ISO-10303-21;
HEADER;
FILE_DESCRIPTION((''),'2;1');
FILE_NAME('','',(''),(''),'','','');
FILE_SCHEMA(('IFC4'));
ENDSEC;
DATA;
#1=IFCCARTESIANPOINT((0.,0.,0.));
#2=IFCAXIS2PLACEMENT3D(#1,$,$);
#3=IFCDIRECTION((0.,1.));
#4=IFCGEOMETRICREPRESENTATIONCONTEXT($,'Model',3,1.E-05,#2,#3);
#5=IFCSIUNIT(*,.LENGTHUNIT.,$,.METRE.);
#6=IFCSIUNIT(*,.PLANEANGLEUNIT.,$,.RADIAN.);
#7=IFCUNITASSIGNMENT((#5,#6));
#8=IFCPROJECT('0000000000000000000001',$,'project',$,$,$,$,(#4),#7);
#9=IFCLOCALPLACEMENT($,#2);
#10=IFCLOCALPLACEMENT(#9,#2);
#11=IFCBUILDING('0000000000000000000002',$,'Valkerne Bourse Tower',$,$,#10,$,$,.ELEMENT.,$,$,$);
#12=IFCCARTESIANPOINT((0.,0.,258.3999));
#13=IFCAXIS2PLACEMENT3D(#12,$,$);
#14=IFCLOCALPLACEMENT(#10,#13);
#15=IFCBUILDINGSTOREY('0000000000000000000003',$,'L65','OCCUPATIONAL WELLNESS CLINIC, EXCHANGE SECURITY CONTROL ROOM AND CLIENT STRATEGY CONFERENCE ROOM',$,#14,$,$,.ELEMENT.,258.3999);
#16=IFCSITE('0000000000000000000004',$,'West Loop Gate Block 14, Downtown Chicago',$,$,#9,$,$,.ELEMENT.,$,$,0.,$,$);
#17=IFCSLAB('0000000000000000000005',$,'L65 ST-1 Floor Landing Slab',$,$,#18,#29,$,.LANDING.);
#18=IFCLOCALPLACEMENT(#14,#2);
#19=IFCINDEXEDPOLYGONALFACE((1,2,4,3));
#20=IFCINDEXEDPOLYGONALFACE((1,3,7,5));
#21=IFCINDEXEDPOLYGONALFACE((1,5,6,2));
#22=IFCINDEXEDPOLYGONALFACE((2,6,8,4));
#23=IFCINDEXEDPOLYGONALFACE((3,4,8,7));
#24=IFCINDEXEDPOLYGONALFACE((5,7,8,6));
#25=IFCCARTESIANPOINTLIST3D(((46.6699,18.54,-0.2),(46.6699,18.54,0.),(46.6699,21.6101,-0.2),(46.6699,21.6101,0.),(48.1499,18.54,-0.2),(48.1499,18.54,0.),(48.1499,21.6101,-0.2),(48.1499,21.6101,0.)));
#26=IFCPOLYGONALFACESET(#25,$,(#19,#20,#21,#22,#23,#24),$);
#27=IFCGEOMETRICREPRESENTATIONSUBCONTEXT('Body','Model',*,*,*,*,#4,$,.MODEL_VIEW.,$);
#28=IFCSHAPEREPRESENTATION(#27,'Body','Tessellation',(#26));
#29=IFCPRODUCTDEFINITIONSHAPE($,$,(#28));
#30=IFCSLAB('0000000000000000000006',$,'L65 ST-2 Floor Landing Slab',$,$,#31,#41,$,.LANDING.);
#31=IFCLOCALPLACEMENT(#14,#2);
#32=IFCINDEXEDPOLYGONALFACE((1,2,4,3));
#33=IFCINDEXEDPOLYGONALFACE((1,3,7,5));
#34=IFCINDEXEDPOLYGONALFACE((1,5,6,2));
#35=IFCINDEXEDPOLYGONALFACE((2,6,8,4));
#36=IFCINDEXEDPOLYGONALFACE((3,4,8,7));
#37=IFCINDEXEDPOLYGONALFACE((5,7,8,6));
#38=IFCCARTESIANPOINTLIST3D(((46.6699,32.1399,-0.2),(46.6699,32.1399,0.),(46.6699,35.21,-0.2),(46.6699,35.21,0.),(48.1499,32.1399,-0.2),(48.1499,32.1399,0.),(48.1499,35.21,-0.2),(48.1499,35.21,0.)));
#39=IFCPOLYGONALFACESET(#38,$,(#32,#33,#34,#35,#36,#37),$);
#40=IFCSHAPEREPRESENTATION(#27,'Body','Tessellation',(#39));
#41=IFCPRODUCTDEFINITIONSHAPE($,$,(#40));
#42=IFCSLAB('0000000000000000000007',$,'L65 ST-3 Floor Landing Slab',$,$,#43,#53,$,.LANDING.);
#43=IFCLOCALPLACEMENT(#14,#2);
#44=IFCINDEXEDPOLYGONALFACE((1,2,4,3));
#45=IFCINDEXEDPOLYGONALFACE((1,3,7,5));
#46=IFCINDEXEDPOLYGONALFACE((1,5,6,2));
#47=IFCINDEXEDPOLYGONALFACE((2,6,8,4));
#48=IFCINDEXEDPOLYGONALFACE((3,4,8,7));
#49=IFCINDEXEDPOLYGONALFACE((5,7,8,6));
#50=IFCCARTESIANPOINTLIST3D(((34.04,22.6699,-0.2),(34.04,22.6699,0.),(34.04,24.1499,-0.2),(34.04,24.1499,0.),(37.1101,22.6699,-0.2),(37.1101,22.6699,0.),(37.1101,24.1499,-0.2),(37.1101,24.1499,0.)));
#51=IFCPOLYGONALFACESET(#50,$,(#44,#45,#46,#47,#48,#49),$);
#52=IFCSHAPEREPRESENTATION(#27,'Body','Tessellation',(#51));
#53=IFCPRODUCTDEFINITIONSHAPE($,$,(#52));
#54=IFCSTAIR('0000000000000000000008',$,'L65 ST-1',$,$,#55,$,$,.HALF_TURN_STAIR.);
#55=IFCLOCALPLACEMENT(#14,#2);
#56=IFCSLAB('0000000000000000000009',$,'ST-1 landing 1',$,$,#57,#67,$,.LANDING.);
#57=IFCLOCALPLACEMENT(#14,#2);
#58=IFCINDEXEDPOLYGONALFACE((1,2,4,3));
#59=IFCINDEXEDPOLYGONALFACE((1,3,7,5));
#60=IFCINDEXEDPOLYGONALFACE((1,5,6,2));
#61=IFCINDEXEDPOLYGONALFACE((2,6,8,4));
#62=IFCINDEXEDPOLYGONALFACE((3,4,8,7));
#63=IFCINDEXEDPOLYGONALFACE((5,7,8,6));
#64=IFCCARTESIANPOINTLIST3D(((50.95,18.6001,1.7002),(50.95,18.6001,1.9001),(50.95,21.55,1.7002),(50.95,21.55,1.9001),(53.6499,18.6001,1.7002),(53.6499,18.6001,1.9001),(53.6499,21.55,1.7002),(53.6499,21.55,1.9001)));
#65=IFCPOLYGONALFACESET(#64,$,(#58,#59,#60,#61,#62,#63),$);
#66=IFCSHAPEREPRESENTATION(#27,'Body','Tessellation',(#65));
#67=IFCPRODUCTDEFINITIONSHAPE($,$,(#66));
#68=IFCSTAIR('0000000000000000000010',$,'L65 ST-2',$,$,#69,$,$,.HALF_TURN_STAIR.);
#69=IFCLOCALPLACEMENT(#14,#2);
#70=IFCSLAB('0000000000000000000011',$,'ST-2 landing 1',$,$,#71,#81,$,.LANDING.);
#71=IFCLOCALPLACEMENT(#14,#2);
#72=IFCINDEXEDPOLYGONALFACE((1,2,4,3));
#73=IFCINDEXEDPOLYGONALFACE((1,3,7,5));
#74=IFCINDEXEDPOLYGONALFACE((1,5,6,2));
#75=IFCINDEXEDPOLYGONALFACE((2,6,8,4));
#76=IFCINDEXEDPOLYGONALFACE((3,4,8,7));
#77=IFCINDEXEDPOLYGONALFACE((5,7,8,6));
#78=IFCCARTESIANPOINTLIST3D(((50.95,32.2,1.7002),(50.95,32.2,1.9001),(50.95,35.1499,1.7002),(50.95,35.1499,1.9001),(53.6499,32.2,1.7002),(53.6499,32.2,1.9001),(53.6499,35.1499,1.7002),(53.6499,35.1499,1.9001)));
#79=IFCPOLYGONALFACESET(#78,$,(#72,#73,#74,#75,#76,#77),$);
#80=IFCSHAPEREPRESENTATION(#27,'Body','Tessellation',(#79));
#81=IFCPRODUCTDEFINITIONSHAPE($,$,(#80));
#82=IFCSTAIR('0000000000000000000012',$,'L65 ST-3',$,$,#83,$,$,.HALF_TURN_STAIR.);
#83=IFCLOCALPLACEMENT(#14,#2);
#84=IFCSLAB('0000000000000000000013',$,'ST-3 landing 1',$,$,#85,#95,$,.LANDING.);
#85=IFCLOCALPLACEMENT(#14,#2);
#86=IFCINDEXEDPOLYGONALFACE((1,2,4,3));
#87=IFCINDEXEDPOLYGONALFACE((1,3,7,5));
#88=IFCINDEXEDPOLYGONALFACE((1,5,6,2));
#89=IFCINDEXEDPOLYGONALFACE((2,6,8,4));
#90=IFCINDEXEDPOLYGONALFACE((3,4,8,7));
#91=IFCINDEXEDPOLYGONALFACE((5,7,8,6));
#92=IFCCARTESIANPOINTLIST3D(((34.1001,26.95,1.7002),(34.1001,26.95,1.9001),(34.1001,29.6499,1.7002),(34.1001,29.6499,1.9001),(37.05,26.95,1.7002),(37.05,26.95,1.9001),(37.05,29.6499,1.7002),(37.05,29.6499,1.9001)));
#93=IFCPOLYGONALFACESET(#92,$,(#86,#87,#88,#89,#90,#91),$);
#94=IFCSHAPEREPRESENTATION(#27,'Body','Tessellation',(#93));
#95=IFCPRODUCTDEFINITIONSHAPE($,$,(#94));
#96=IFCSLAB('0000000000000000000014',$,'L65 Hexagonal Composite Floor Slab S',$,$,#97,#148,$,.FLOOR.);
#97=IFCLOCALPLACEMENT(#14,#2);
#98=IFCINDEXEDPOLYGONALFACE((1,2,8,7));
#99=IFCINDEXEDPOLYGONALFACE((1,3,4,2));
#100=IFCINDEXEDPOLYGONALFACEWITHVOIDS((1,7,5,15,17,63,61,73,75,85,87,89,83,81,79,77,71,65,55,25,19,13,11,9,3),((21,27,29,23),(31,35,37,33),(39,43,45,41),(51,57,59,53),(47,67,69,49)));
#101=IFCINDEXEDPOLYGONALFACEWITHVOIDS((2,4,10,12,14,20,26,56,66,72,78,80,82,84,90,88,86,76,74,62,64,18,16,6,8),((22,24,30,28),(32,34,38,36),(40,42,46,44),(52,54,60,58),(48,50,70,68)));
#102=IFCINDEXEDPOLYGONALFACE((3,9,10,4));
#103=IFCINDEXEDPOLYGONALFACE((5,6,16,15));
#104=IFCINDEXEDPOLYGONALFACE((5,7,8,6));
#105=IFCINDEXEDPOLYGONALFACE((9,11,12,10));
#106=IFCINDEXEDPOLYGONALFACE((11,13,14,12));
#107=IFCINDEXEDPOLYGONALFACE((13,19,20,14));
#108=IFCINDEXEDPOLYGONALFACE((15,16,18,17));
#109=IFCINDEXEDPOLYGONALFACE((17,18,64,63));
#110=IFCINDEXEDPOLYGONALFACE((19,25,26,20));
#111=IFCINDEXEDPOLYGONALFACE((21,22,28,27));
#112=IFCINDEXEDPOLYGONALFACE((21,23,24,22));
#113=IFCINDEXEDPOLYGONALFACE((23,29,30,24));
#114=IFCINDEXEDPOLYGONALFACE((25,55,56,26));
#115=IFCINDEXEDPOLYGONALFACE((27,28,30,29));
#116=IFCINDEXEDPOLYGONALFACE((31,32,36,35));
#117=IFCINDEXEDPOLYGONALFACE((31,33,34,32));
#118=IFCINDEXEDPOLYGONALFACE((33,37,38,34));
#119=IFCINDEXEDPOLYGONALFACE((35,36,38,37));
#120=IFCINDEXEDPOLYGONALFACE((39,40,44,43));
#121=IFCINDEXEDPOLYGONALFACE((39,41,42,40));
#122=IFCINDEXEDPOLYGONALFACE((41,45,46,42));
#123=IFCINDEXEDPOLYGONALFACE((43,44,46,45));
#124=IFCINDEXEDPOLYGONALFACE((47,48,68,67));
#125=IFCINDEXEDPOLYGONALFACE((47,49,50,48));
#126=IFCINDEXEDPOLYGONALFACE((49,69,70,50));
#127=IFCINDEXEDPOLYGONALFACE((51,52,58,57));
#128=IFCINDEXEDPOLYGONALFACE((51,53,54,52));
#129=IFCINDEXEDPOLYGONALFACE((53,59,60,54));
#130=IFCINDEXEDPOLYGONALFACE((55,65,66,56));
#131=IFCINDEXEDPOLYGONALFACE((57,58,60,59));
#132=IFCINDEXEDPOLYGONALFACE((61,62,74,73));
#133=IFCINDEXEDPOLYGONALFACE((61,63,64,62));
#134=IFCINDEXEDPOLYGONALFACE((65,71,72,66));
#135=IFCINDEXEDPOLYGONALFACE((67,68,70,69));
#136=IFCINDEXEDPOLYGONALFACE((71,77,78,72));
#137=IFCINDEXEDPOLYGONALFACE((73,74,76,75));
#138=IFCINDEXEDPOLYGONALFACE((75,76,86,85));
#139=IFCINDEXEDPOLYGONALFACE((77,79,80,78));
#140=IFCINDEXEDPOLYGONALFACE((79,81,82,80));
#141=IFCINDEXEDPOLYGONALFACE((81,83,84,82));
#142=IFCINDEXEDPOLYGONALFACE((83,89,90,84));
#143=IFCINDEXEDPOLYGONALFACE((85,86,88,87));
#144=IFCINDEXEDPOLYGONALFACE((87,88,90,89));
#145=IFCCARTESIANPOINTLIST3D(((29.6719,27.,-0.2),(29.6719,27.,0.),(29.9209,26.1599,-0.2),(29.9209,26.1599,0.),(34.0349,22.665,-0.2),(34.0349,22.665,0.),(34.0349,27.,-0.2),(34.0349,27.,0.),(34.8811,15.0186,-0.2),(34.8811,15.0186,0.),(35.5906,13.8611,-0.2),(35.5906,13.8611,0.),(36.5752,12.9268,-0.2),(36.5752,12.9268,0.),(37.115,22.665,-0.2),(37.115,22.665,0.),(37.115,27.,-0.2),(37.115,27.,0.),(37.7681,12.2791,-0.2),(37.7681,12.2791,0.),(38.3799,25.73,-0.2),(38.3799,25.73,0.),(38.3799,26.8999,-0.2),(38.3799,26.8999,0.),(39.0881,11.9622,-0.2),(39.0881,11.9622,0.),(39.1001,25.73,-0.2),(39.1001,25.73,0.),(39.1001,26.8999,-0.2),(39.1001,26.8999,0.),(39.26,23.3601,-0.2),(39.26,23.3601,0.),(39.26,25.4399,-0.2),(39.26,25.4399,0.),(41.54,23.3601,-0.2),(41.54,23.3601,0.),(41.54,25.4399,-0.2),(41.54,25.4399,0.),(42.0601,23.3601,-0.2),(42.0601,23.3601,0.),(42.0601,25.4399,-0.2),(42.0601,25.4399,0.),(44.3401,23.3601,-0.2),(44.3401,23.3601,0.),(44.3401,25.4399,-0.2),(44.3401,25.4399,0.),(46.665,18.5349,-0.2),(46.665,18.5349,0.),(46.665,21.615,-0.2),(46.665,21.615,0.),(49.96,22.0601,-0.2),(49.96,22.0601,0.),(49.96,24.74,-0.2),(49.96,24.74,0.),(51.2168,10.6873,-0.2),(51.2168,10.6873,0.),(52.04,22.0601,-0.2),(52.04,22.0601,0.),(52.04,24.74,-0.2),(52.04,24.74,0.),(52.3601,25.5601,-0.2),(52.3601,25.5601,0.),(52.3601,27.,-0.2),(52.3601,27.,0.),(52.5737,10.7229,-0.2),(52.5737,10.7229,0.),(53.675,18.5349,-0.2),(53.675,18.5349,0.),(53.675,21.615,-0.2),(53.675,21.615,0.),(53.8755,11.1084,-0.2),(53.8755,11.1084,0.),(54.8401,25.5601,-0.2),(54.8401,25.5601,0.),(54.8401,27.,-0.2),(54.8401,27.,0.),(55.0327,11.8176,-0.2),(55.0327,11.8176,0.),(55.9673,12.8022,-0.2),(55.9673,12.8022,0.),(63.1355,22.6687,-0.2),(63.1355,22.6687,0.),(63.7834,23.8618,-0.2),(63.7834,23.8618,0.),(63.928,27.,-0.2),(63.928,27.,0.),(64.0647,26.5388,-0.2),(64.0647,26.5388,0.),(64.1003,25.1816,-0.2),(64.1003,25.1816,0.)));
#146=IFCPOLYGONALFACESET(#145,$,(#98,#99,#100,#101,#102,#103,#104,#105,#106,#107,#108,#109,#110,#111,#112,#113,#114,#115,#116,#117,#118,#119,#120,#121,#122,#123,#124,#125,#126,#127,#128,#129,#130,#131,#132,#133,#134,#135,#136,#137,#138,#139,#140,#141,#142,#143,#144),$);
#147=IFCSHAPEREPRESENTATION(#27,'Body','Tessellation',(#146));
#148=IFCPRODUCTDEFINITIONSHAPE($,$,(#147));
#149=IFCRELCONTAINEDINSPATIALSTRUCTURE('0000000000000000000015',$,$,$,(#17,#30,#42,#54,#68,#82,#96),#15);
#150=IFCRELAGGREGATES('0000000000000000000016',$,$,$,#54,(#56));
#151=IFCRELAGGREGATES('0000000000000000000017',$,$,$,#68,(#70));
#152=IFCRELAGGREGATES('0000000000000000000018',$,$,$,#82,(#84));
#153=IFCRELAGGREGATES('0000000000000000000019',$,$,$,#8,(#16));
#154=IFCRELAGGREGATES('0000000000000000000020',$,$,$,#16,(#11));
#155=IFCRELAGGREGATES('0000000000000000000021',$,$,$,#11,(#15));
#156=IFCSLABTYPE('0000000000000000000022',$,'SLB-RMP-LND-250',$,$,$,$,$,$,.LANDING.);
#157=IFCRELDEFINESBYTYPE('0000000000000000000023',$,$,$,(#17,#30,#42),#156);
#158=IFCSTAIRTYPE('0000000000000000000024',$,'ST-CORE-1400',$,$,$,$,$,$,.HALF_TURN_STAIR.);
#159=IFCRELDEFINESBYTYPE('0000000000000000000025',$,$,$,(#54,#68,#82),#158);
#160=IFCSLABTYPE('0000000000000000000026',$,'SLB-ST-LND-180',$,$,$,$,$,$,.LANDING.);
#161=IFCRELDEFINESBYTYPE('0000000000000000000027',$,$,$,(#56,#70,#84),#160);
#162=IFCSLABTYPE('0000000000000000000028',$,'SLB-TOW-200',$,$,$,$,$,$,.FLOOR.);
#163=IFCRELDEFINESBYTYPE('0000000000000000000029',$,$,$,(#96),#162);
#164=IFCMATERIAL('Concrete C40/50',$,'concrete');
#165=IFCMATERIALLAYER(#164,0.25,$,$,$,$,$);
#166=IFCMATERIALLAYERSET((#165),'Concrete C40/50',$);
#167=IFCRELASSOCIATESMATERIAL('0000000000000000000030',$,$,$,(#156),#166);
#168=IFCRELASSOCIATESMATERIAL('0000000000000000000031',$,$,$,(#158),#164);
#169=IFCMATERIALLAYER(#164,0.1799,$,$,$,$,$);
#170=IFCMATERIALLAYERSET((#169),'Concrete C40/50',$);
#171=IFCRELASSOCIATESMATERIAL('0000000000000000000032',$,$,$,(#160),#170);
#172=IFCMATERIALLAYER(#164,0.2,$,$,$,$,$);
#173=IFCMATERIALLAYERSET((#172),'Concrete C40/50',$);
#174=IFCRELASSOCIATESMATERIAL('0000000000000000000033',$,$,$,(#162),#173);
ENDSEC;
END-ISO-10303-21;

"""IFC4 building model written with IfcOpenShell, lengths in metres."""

from ifc_helpers import new_model, si_unit, direction, frame, origin, place, context, subcontext, project, spatial, polyline, outline, extrude, material, layer, layer_set, type_object, element, aggregate, save


model = new_model("IFC4")

# Units and contexts
model_context = context("Model", 3, precision=1e-05, world=origin(), true_north=direction((0.0, 1.0)))
body_context = subcontext(model_context, "Body", "Model", "MODEL_VIEW")
ifc_project = project(units=[si_unit("LENGTHUNIT", "METRE"), si_unit("PLANEANGLEUNIT", "RADIAN")], contexts=[model_context])

# Site, building, storey
site_placement = place(None, origin())
site = spatial("IfcSite", under=ifc_project, at=site_placement, Name="West Loop Gate Block 14, Downtown Chicago", CompositionType="ELEMENT", RefElevation=0.0)
building_placement = place(site_placement, origin())
building = spatial("IfcBuilding", under=site, at=building_placement, Name="Valkerne Bourse Tower", CompositionType="ELEMENT")
storey_placement = place(building_placement, frame((0.0, 0.0, 258.3999)))
storey = spatial("IfcBuildingStorey", under=building, at=storey_placement, Name="L65", Description="OCCUPATIONAL WELLNESS CLINIC, EXCHANGE SECURITY CONTROL ROOM AND CLIENT STRATEGY CONFERENCE ROOM", CompositionType="ELEMENT", Elevation=258.3999)

# Slabs
ifc_material_1 = material(Name="Concrete C40/50", Category="concrete")
ifc_layer_1 = layer(ifc_material_1, 0.25)
ifc_layer_set_1 = layer_set([ifc_layer_1], Name="Concrete C40/50")
slab_type_1 = type_object("IfcSlabType", Name="SLB-RMP-LND-250", PredefinedType="LANDING", material=ifc_layer_set_1)
slab_1_placement = place(storey_placement, frame((0.0, 0.0, -0.2)))
element("IfcSlab", 1, at=slab_1_placement, inside=storey, type_object=slab_type_1, Name="L65 ST-1 Floor Landing Slab", PredefinedType="LANDING", context=body_context, shape_type="SweptSolid", body=[
    extrude(outline(polyline([(46.6699, 18.54), (48.1499, 18.54), (48.1499, 21.6101), (46.6699, 21.6101), (46.6699, 18.54)])), origin(), (0.0, 0.0, 1.0), 0.2),
])
slab_2_placement = place(storey_placement, frame((0.0, 0.0, -0.2)))
element("IfcSlab", 2, at=slab_2_placement, inside=storey, type_object=slab_type_1, Name="L65 ST-2 Floor Landing Slab", PredefinedType="LANDING", context=body_context, shape_type="SweptSolid", body=[
    extrude(outline(polyline([(46.6699, 32.1399), (48.1499, 32.1399), (48.1499, 35.21), (46.6699, 35.21), (46.6699, 32.1399)])), origin(), (0.0, 0.0, 1.0), 0.2),
])
slab_3_placement = place(storey_placement, frame((0.0, 0.0, -0.2)))
element("IfcSlab", 3, at=slab_3_placement, inside=storey, type_object=slab_type_1, Name="L65 ST-3 Floor Landing Slab", PredefinedType="LANDING", context=body_context, shape_type="SweptSolid", body=[
    extrude(outline(polyline([(37.1101, 22.6699), (37.1101, 24.1499), (34.04, 24.1499), (34.04, 22.6699), (37.1101, 22.6699)])), origin(), (0.0, 0.0, 1.0), 0.2),
])

# Stairs, slabs
stair_type = type_object("IfcStairType", Name="ST-CORE-1400", PredefinedType="HALF_TURN_STAIR", material=ifc_material_1)
stair_1_placement = place(storey_placement, origin())
stair_1 = element("IfcStair", 4, at=stair_1_placement, inside=storey, type_object=stair_type, Name="L65 ST-1", PredefinedType="HALF_TURN_STAIR")
ifc_layer_2 = layer(ifc_material_1, 0.1799)
ifc_layer_set_2 = layer_set([ifc_layer_2], Name="Concrete C40/50")
slab_type_2 = type_object("IfcSlabType", Name="SLB-ST-LND-180", PredefinedType="LANDING", material=ifc_layer_set_2)
slab_4_placement = place(storey_placement, frame((0.0, 0.0, 1.7002)))
slab_4 = element("IfcSlab", 5, at=slab_4_placement, type_object=slab_type_2, Name="ST-1 landing 1", PredefinedType="LANDING", context=body_context, shape_type="SweptSolid", body=[
    extrude(outline(polyline([(50.95, 18.6001), (53.6499, 18.6001), (53.6499, 21.55), (50.95, 21.55), (50.95, 18.6001)])), origin(), (0.0, 0.0, 1.0), 0.2),
])
aggregate(stair_1, [slab_4])
stair_2_placement = place(storey_placement, origin())
stair_2 = element("IfcStair", 6, at=stair_2_placement, inside=storey, type_object=stair_type, Name="L65 ST-2", PredefinedType="HALF_TURN_STAIR")
slab_5_placement = place(storey_placement, frame((0.0, 0.0, 1.7002)))
slab_5 = element("IfcSlab", 7, at=slab_5_placement, type_object=slab_type_2, Name="ST-2 landing 1", PredefinedType="LANDING", context=body_context, shape_type="SweptSolid", body=[
    extrude(outline(polyline([(50.95, 32.2), (53.6499, 32.2), (53.6499, 35.1499), (50.95, 35.1499), (50.95, 32.2)])), origin(), (0.0, 0.0, 1.0), 0.2),
])
aggregate(stair_2, [slab_5])
stair_3_placement = place(storey_placement, origin())
stair_3 = element("IfcStair", 8, at=stair_3_placement, inside=storey, type_object=stair_type, Name="L65 ST-3", PredefinedType="HALF_TURN_STAIR")
slab_6_placement = place(storey_placement, frame((0.0, 0.0, 1.7002)))
slab_6 = element("IfcSlab", 9, at=slab_6_placement, type_object=slab_type_2, Name="ST-3 landing 1", PredefinedType="LANDING", context=body_context, shape_type="SweptSolid", body=[
    extrude(outline(polyline([(37.05, 26.95), (37.05, 29.6499), (34.1001, 29.6499), (34.1001, 26.95), (37.05, 26.95)])), origin(), (0.0, 0.0, 1.0), 0.2),
])
aggregate(stair_3, [slab_6])

# Slab
ifc_layer_3 = layer(ifc_material_1, 0.2)
ifc_layer_set_3 = layer_set([ifc_layer_3], Name="Concrete C40/50")
slab_type_3 = type_object("IfcSlabType", Name="SLB-TOW-200", PredefinedType="FLOOR", material=ifc_layer_set_3)
slab_7_placement = place(storey_placement, frame((0.0, 0.0, -0.2)))
element("IfcSlab", 10, at=slab_7_placement, inside=storey, type_object=slab_type_3, Name="L65 Hexagonal Composite Floor Slab S", PredefinedType="FLOOR", context=body_context, shape_type="SweptSolid", body=[
    extrude(outline(polyline([(64.0647, 26.5388), (64.1003, 25.1816), (63.7834, 23.8618), (63.1355, 22.6687), (55.9673, 12.8022), (55.0327, 11.8176), (53.8755, 11.1084), (52.5737, 10.7229), (51.2168, 10.6873), (39.0881, 11.9622), (37.7681, 12.2791), (36.5752, 12.9268), (35.5906, 13.8611), (34.8811, 15.0186), (29.9209, 26.1599), (29.6719, 27.0), (34.0349, 27.0), (34.0349, 22.665), (37.115, 22.665), (37.115, 27.0), (52.3601, 27.0), (52.3601, 25.5601), (54.8401, 25.5601), (54.8401, 27.0), (63.928, 27.0), (64.0647, 26.5388)]), holes=[polyline([(39.26, 25.4399), (39.26, 23.3601), (41.54, 23.3601), (41.54, 25.4399), (39.26, 25.4399)]), polyline([(44.3401, 25.4399), (42.0601, 25.4399), (42.0601, 23.3601), (44.3401, 23.3601), (44.3401, 25.4399)]), polyline([(38.3799, 26.8999), (38.3799, 25.73), (39.1001, 25.73), (39.1001, 26.8999), (38.3799, 26.8999)]), polyline([(46.665, 21.615), (46.665, 18.5349), (53.675, 18.5349), (53.675, 21.615), (46.665, 21.615)]), polyline([(52.04, 24.74), (49.96, 24.74), (49.96, 22.0601), (52.04, 22.0601), (52.04, 24.74)])]), origin(), (0.0, 0.0, 1.0), 0.2),
])

save(model, "model.ifc")
